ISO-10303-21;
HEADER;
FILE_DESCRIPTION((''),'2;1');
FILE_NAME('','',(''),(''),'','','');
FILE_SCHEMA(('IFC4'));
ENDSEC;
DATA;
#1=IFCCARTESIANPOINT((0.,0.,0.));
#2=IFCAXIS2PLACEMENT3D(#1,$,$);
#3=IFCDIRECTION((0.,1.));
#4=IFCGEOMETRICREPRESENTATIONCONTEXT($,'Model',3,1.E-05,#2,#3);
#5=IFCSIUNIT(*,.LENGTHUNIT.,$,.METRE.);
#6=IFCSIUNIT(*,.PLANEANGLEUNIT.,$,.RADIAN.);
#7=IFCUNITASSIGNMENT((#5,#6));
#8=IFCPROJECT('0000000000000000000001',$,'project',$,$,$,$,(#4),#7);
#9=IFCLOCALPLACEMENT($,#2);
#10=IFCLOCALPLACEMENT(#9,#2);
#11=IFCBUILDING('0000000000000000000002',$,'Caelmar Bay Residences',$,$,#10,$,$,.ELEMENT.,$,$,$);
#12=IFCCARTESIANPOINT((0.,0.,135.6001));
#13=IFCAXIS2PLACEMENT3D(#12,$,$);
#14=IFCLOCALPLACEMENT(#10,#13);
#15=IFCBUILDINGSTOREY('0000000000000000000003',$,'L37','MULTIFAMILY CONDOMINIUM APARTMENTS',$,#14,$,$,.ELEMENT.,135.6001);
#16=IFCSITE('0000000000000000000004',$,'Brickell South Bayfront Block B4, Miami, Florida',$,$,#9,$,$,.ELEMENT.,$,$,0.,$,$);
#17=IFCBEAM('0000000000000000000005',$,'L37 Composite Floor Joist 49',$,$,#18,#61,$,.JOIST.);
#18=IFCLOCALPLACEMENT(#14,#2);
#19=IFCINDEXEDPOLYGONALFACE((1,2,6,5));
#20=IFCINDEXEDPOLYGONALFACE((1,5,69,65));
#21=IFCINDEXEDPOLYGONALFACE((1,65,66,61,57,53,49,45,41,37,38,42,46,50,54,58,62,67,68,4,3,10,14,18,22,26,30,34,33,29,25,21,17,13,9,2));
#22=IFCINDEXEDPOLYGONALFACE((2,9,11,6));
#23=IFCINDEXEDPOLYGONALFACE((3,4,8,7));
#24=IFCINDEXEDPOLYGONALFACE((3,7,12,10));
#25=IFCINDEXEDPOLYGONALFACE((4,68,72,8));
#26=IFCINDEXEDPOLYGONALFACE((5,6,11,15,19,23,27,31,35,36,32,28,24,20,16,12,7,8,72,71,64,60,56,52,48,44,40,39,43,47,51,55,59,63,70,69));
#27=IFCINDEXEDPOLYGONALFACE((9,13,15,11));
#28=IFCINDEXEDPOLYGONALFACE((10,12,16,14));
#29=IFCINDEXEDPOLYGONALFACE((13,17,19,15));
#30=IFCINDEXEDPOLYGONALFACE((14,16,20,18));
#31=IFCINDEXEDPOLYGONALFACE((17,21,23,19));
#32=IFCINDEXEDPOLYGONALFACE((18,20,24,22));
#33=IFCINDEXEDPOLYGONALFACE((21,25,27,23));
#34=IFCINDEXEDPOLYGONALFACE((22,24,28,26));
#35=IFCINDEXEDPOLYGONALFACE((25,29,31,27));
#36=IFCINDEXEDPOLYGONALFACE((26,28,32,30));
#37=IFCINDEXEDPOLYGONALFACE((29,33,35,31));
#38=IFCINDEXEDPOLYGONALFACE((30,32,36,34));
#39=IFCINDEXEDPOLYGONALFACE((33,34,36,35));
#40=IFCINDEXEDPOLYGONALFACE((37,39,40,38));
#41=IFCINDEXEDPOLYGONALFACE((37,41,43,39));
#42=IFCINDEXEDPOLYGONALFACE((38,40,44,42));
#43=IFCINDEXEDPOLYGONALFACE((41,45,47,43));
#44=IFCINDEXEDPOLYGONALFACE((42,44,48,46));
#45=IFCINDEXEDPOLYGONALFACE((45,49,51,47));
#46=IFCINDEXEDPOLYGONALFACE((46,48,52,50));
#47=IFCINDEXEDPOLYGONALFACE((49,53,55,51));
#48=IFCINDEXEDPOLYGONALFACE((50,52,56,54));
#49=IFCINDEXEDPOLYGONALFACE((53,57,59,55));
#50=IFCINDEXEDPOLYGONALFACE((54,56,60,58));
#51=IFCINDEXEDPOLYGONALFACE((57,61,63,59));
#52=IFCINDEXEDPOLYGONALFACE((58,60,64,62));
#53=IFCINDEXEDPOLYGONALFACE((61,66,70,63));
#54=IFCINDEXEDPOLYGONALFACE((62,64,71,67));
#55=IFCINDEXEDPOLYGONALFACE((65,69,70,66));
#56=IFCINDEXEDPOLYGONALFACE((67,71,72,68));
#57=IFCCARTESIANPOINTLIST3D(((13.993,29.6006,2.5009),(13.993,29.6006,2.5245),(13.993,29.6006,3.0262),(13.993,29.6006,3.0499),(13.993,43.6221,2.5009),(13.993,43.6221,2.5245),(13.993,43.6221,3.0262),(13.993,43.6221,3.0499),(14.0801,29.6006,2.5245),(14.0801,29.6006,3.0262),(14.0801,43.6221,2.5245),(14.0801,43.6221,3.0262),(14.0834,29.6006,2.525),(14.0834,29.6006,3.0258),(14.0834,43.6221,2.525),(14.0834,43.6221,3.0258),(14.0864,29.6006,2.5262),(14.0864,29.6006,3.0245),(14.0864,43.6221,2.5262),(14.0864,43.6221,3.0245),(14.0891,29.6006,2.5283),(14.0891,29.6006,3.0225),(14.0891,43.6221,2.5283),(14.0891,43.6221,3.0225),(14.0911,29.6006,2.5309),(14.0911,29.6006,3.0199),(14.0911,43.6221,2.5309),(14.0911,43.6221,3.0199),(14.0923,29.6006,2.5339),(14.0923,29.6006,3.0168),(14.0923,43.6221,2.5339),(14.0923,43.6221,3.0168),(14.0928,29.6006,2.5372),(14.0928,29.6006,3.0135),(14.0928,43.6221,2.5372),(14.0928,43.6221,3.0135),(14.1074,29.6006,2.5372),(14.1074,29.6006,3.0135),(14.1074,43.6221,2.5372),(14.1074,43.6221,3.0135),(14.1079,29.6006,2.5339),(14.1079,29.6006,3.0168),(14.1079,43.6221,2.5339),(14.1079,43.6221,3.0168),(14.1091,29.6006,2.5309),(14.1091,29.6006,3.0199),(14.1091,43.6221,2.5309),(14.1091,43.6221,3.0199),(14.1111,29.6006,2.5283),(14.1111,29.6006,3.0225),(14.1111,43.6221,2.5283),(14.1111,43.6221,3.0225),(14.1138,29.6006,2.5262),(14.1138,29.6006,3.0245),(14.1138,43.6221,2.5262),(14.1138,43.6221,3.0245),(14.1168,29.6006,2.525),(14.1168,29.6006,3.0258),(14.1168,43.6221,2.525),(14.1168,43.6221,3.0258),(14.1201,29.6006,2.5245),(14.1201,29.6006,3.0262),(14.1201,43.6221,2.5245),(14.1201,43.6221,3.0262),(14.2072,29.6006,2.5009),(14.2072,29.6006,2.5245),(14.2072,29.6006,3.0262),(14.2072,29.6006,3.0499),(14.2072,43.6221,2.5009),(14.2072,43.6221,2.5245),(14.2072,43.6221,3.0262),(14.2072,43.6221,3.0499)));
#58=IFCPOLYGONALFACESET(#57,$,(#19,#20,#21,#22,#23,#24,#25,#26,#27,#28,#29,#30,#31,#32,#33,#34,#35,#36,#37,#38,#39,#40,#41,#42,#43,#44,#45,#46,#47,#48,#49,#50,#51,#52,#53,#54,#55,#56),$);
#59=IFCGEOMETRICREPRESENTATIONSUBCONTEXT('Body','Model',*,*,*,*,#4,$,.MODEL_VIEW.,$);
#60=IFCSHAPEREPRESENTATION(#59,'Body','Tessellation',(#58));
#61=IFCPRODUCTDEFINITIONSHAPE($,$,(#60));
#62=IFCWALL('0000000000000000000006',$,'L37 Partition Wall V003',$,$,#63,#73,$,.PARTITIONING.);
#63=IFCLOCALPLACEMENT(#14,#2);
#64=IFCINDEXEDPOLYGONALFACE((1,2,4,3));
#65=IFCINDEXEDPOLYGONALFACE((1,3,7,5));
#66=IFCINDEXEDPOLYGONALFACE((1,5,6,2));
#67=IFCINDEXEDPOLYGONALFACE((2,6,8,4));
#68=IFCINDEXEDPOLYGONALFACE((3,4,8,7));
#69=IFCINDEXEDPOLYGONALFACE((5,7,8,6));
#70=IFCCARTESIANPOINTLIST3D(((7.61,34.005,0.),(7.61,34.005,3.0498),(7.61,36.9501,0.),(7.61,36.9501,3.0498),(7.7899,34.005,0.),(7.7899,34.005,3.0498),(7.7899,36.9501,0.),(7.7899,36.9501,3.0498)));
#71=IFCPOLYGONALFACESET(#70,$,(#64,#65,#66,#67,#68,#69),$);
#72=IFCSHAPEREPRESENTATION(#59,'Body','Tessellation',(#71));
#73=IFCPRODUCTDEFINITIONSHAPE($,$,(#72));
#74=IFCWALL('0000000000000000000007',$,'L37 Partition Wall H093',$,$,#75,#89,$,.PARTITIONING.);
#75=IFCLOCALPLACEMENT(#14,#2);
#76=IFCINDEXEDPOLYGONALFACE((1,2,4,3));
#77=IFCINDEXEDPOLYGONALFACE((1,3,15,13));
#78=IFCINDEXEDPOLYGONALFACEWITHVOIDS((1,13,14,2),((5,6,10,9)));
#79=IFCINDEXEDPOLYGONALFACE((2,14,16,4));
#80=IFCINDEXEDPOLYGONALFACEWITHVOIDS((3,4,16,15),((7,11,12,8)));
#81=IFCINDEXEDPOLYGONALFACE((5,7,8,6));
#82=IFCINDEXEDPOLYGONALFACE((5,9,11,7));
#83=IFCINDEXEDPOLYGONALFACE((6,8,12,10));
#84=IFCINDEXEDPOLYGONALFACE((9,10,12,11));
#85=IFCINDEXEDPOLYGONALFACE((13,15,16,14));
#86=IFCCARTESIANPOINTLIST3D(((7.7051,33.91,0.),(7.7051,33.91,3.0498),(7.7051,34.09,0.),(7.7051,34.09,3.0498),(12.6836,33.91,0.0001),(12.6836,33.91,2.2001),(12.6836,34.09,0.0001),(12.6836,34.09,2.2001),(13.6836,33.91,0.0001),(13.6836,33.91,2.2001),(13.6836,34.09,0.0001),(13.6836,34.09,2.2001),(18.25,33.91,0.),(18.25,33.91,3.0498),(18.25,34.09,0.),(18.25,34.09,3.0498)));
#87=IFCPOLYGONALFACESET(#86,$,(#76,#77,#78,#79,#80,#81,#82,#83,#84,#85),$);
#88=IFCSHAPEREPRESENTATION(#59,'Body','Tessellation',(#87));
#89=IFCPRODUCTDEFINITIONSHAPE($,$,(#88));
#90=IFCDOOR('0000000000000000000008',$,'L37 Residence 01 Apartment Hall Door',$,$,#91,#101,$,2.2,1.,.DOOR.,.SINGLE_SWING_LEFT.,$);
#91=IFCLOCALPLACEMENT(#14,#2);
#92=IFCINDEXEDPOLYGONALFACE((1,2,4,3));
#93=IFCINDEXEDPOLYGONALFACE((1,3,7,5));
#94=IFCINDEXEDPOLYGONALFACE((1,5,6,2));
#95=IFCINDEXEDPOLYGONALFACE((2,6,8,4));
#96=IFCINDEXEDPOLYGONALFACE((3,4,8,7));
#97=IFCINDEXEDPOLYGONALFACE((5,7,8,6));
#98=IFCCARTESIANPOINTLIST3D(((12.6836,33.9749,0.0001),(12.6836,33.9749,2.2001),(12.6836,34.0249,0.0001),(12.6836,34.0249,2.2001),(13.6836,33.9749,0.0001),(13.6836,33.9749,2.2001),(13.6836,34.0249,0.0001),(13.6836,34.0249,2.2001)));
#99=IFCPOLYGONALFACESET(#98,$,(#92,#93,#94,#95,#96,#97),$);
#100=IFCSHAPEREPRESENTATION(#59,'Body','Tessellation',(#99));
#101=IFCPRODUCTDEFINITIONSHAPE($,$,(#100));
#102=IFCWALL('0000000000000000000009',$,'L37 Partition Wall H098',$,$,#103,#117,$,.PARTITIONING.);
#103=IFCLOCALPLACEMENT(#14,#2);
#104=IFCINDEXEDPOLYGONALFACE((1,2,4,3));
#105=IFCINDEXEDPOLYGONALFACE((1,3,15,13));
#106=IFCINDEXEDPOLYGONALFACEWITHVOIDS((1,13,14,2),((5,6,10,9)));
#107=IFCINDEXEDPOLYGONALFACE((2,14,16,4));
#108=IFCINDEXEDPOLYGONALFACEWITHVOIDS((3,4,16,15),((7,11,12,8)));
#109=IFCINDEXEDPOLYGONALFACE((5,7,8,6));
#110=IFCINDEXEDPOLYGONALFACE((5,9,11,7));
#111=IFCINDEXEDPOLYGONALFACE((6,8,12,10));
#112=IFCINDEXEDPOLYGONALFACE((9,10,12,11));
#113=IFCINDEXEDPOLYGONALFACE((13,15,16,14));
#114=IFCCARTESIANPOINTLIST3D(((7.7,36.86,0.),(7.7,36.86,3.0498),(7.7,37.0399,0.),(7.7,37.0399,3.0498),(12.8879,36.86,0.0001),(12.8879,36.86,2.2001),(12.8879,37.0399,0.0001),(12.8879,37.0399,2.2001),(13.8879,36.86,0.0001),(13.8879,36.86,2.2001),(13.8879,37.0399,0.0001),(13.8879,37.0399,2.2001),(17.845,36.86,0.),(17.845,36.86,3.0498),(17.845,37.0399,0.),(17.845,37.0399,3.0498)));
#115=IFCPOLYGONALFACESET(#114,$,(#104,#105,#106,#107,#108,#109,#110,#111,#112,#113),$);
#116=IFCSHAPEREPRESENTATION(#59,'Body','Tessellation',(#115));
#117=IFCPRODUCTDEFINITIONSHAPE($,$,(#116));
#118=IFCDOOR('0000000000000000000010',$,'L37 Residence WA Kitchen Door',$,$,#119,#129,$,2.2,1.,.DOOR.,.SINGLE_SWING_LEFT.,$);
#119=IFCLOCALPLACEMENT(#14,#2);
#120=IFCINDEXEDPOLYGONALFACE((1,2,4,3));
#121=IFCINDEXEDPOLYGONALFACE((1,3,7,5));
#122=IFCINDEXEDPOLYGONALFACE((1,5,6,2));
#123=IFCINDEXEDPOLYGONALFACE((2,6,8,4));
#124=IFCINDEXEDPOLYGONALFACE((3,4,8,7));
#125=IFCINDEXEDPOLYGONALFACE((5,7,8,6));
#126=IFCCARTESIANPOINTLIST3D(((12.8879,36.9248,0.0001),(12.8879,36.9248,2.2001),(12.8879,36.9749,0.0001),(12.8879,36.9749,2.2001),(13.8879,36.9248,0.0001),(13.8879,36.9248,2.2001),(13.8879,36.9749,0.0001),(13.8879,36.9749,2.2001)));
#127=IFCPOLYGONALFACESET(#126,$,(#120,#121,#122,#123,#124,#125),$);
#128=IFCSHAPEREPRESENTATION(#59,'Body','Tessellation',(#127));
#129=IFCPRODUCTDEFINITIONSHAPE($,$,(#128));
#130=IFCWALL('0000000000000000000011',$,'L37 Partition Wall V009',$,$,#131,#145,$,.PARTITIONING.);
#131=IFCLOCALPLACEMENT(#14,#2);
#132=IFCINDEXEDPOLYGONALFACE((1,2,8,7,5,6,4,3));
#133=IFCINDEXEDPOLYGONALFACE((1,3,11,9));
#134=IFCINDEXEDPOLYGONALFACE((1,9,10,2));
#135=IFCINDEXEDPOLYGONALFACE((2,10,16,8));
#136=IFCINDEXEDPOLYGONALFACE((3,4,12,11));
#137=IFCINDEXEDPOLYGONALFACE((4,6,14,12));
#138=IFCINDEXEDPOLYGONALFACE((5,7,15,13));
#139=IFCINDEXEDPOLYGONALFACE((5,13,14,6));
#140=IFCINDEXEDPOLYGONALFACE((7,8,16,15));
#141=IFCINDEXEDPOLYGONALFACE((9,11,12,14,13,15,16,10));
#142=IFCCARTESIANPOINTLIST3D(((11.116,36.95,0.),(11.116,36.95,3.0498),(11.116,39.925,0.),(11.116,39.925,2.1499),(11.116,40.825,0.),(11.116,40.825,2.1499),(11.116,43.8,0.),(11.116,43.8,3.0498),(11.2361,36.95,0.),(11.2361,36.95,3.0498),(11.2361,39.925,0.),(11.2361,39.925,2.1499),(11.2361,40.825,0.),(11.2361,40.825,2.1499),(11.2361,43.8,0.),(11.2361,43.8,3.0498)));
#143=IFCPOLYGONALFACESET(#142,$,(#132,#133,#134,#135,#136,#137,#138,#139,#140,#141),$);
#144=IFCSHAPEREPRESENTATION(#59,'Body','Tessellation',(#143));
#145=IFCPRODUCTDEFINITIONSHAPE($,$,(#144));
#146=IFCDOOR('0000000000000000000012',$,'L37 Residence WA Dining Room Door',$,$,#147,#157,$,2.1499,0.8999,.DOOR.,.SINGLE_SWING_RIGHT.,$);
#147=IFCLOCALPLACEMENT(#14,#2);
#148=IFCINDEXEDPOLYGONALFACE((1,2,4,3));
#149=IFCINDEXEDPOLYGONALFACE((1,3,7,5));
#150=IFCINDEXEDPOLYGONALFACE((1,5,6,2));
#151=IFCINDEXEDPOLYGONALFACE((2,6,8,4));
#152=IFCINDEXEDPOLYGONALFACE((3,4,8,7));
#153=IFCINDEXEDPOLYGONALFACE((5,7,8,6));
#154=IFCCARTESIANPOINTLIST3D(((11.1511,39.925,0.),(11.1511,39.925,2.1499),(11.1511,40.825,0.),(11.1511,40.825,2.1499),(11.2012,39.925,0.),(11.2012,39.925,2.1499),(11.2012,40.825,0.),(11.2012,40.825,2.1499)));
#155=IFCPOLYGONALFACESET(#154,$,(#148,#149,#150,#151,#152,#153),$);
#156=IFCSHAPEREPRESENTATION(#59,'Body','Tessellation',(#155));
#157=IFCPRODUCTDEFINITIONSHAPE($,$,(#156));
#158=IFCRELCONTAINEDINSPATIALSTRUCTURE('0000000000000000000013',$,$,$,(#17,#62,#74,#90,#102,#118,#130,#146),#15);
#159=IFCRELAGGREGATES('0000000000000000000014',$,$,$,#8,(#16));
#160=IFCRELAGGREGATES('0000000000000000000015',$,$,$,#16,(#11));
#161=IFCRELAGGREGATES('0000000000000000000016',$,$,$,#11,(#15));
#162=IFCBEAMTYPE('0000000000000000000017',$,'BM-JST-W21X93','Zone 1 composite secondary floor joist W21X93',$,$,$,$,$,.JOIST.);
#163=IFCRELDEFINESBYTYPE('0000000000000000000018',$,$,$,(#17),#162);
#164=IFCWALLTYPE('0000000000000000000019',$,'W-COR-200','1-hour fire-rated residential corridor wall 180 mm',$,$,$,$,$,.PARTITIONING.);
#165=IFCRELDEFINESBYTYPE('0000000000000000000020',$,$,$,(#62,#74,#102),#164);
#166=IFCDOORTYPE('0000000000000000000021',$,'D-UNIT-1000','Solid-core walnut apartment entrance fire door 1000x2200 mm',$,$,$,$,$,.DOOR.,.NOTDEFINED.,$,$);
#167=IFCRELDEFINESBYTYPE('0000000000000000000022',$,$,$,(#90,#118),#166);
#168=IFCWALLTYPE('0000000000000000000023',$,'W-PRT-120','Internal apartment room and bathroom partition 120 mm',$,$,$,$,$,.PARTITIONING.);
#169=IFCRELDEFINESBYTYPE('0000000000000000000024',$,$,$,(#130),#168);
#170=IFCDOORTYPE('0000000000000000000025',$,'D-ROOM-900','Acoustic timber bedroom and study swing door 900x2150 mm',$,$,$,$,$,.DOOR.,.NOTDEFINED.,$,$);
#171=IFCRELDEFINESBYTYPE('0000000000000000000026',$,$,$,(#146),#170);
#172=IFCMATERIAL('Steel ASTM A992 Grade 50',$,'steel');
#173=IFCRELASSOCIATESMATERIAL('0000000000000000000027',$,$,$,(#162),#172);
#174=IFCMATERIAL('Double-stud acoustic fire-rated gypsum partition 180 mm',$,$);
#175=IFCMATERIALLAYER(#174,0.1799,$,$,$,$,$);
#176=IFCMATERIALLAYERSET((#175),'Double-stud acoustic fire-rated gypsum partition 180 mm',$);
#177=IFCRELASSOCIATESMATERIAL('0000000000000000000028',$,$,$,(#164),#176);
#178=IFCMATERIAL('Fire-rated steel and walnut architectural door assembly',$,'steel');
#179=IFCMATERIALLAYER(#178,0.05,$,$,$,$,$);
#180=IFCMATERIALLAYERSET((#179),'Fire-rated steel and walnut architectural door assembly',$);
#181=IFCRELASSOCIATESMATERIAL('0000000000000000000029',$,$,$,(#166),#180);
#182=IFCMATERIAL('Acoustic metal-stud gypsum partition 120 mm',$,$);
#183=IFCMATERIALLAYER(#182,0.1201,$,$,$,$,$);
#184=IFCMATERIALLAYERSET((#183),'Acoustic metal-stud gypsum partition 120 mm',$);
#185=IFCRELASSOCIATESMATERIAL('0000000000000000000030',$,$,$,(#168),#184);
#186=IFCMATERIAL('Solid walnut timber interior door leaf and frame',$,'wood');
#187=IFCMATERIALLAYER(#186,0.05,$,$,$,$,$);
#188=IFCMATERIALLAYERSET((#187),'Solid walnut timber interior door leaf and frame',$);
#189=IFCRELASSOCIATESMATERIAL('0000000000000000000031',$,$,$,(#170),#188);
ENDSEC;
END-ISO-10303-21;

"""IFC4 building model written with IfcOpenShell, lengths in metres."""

from ifc_helpers import new_model, si_unit, direction, frame, frame_2d, origin, origin_2d, place, context, subcontext, project, spatial, rectangle, i_section, extrude, material, layer, layer_set, material_profile, profile_set, type_object, element, fill, save


model = new_model("IFC4")

# Units and contexts
model_context = context("Model", 3, precision=1e-05, world=origin(), true_north=direction((0.0, 1.0)))
body_context = subcontext(model_context, "Body", "Model", "MODEL_VIEW")
ifc_project = project(units=[si_unit("LENGTHUNIT", "METRE"), si_unit("PLANEANGLEUNIT", "RADIAN")], contexts=[model_context])

# Site, building, storey
site_placement = place(None, origin())
site = spatial("IfcSite", under=ifc_project, at=site_placement, Name="Brickell South Bayfront Block B4, Miami, Florida", CompositionType="ELEMENT", RefElevation=0.0)
building_placement = place(site_placement, origin())
building = spatial("IfcBuilding", under=site, at=building_placement, Name="Caelmar Bay Residences", CompositionType="ELEMENT")
storey_placement = place(building_placement, frame((0.0, 0.0, 135.6001)))
storey = spatial("IfcBuildingStorey", under=building, at=storey_placement, Name="L37", Description="MULTIFAMILY CONDOMINIUM APARTMENTS", CompositionType="ELEMENT", Elevation=135.6001)

# Beam
ifc_material_1 = material(Name="Steel ASTM A992 Grade 50", Category="steel")
ifc_material_profile_1 = material_profile(ifc_material_1, i_section(OverallWidth=0.2141, OverallDepth=0.5491, WebThickness=0.0146, FlangeThickness=0.0237, FilletRadius=0.0127, at=origin_2d()), Name="W21X93")
ifc_profile_set_1 = profile_set([ifc_material_profile_1], Name="Steel ASTM A992 Grade 50")
beam_type_1 = type_object("IfcBeamType", Name="BM-JST-W21X93", Description="Zone 1 composite secondary floor joist W21X93", PredefinedType="JOIST", material=ifc_profile_set_1)
beam_1_placement = place(storey_placement, frame((14.1001, 29.6006, 2.7754), z_axis=(0.0, 1.0, 0.0), x_axis=(-1.0, 0.0, 0.0)))
element("IfcBeam", 1, at=beam_1_placement, inside=storey, type_object=beam_type_1, Name="L37 Composite Floor Joist 49", PredefinedType="JOIST", context=body_context, shape_type="SweptSolid", body=[
    extrude(i_section(OverallWidth=0.2141, OverallDepth=0.5491, WebThickness=0.0146, FlangeThickness=0.0237, FilletRadius=0.0127, at=origin_2d()), origin(), (0.0, 0.0, 1.0), 14.0215),
])

# Wall
ifc_material_2 = material(Name="Double-stud acoustic fire-rated gypsum partition 180 mm")
ifc_layer_1 = layer(ifc_material_2, 0.1799)
ifc_layer_set_1 = layer_set([ifc_layer_1], Name="Double-stud acoustic fire-rated gypsum partition 180 mm")
wall_type_1 = type_object("IfcWallType", Name="W-COR-200", Description="1-hour fire-rated residential corridor wall 180 mm", PredefinedType="PARTITIONING", material=ifc_layer_set_1)
wall_1_placement = place(storey_placement, frame((7.7, 34.0049, 0.0), z_axis=(0.0, 0.0, 1.0), x_axis=(0.0, 1.0, 0.0)))
element("IfcWall", 2, at=wall_1_placement, inside=storey, type_object=wall_type_1, Name="L37 Partition Wall V003", PredefinedType="PARTITIONING", context=body_context, shape_type="SweptSolid", body=[
    extrude(rectangle(XDim=2.9451, YDim=0.1799, at=frame_2d((1.4727, 0.0))), origin(), (0.0, 0.0, 1.0), 3.0498),
])

# Walls, openings, doors
wall_2_placement = place(storey_placement, frame((7.7051, 34.0, 0.0), z_axis=(0.0, 0.0, 1.0), x_axis=(1.0, 0.0, 0.0)))
wall_2 = element("IfcWall", 3, at=wall_2_placement, inside=storey, type_object=wall_type_1, Name="L37 Partition Wall H093", PredefinedType="PARTITIONING", context=body_context, shape_type="SweptSolid", body=[
    extrude(rectangle(XDim=10.5449, YDim=0.1799, at=frame_2d((5.2725, 0.0))), origin(), (0.0, 0.0, 1.0), 3.0498),
])
opening_1_placement = place(wall_2_placement, frame((4.9785, 0.0, 0.0)))
opening_1 = element("IfcOpeningElement", 4, at=opening_1_placement, cuts=wall_2, PredefinedType="OPENING", context=body_context, shape_type="SweptSolid", body=[
    extrude(rectangle(XDim=1.0, YDim=2.2, at=frame_2d((0.5, 1.1001))), frame((0.0, 0.0999, 0.0), z_axis=(0.0, -1.0, 0.0), x_axis=(1.0, 0.0, 0.0)), (0.0, 0.0, 1.0), 0.2),
])
ifc_material_3 = material(Name="Fire-rated steel and walnut architectural door assembly", Category="steel")
ifc_layer_2 = layer(ifc_material_3, 0.05)
ifc_layer_set_2 = layer_set([ifc_layer_2], Name="Fire-rated steel and walnut architectural door assembly")
door_type_1 = type_object("IfcDoorType", Name="D-UNIT-1000", Description="Solid-core walnut apartment entrance fire door 1000x2200 mm", OperationType="NOTDEFINED", PredefinedType="DOOR", material=ifc_layer_set_2)
door_1_placement = place(opening_1_placement, origin())
door_1 = element("IfcDoor", 5, at=door_1_placement, inside=storey, type_object=door_type_1, Name="L37 Residence 01 Apartment Hall Door", OperationType="SINGLE_SWING_LEFT", OverallHeight=2.2, OverallWidth=1.0, PredefinedType="DOOR", context=body_context, shape_type="SweptSolid", body=[
    extrude(rectangle(XDim=1.0, YDim=2.2, at=frame_2d((0.5, 1.1001))), frame((0.0, 0.0249, 0.0), z_axis=(0.0, -1.0, 0.0), x_axis=(1.0, 0.0, 0.0)), (0.0, 0.0, 1.0), 0.05),
])
fill(opening_1, door_1)
wall_3_placement = place(storey_placement, frame((7.7, 36.95, 0.0), z_axis=(0.0, 0.0, 1.0), x_axis=(1.0, 0.0, 0.0)))
wall_3 = element("IfcWall", 6, at=wall_3_placement, inside=storey, type_object=wall_type_1, Name="L37 Partition Wall H098", PredefinedType="PARTITIONING", context=body_context, shape_type="SweptSolid", body=[
    extrude(rectangle(XDim=10.145, YDim=0.1799, at=frame_2d((5.0725, 0.0))), origin(), (0.0, 0.0, 1.0), 3.0498),
])
opening_2_placement = place(wall_3_placement, frame((5.188, 0.0, 0.0)))
opening_2 = element("IfcOpeningElement", 7, at=opening_2_placement, cuts=wall_3, PredefinedType="OPENING", context=body_context, shape_type="SweptSolid", body=[
    extrude(rectangle(XDim=1.0, YDim=2.2, at=frame_2d((0.5, 1.1001))), frame((0.0, 0.0999, 0.0), z_axis=(0.0, -1.0, 0.0), x_axis=(1.0, 0.0, 0.0)), (0.0, 0.0, 1.0), 0.2),
])
door_2_placement = place(opening_2_placement, origin())
door_2 = element("IfcDoor", 8, at=door_2_placement, inside=storey, type_object=door_type_1, Name="L37 Residence WA Kitchen Door", OperationType="SINGLE_SWING_LEFT", OverallHeight=2.2, OverallWidth=1.0, PredefinedType="DOOR", context=body_context, shape_type="SweptSolid", body=[
    extrude(rectangle(XDim=1.0, YDim=2.2, at=frame_2d((0.5, 1.1001))), frame((0.0, 0.0249, 0.0), z_axis=(0.0, -1.0, 0.0), x_axis=(1.0, 0.0, 0.0)), (0.0, 0.0, 1.0), 0.05),
])
fill(opening_2, door_2)
ifc_material_4 = material(Name="Acoustic metal-stud gypsum partition 120 mm")
ifc_layer_3 = layer(ifc_material_4, 0.1201)
ifc_layer_set_3 = layer_set([ifc_layer_3], Name="Acoustic metal-stud gypsum partition 120 mm")
wall_type_2 = type_object("IfcWallType", Name="W-PRT-120", Description="Internal apartment room and bathroom partition 120 mm", PredefinedType="PARTITIONING", material=ifc_layer_set_3)
wall_4_placement = place(storey_placement, frame((11.176, 36.95, 0.0), z_axis=(0.0, 0.0, 1.0), x_axis=(0.0, 1.0, 0.0)))
wall_4 = element("IfcWall", 9, at=wall_4_placement, inside=storey, type_object=wall_type_2, Name="L37 Partition Wall V009", PredefinedType="PARTITIONING", context=body_context, shape_type="SweptSolid", body=[
    extrude(rectangle(XDim=6.8501, YDim=0.1201, at=frame_2d((3.425, 0.0))), origin(), (0.0, 0.0, 1.0), 3.0498),
])
opening_3_placement = place(wall_4_placement, frame((2.9751, 0.0, 0.0)))
opening_3 = element("IfcOpeningElement", 10, at=opening_3_placement, cuts=wall_4, PredefinedType="OPENING", context=body_context, shape_type="SweptSolid", body=[
    extrude(rectangle(XDim=0.8999, YDim=2.1499, at=frame_2d((0.45, 1.075))), frame((0.0, 0.0701, 0.0), z_axis=(0.0, -1.0, 0.0), x_axis=(1.0, 0.0, 0.0)), (0.0, 0.0, 1.0), 0.1401),
])
ifc_material_5 = material(Name="Solid walnut timber interior door leaf and frame", Category="wood")
ifc_layer_4 = layer(ifc_material_5, 0.05)
ifc_layer_set_4 = layer_set([ifc_layer_4], Name="Solid walnut timber interior door leaf and frame")
door_type_2 = type_object("IfcDoorType", Name="D-ROOM-900", Description="Acoustic timber bedroom and study swing door 900x2150 mm", OperationType="NOTDEFINED", PredefinedType="DOOR", material=ifc_layer_set_4)
door_3_placement = place(opening_3_placement, origin())
door_3 = element("IfcDoor", 11, at=door_3_placement, inside=storey, type_object=door_type_2, Name="L37 Residence WA Dining Room Door", OperationType="SINGLE_SWING_RIGHT", OverallHeight=2.1499, OverallWidth=0.8999, PredefinedType="DOOR", context=body_context, shape_type="SweptSolid", body=[
    extrude(rectangle(XDim=0.8999, YDim=2.1499, at=frame_2d((0.45, 1.075))), frame((0.0, 0.0249, 0.0), z_axis=(0.0, -1.0, 0.0), x_axis=(1.0, 0.0, 0.0)), (0.0, 0.0, 1.0), 0.05),
])
fill(opening_3, door_3)

save(model, "model.ifc")
